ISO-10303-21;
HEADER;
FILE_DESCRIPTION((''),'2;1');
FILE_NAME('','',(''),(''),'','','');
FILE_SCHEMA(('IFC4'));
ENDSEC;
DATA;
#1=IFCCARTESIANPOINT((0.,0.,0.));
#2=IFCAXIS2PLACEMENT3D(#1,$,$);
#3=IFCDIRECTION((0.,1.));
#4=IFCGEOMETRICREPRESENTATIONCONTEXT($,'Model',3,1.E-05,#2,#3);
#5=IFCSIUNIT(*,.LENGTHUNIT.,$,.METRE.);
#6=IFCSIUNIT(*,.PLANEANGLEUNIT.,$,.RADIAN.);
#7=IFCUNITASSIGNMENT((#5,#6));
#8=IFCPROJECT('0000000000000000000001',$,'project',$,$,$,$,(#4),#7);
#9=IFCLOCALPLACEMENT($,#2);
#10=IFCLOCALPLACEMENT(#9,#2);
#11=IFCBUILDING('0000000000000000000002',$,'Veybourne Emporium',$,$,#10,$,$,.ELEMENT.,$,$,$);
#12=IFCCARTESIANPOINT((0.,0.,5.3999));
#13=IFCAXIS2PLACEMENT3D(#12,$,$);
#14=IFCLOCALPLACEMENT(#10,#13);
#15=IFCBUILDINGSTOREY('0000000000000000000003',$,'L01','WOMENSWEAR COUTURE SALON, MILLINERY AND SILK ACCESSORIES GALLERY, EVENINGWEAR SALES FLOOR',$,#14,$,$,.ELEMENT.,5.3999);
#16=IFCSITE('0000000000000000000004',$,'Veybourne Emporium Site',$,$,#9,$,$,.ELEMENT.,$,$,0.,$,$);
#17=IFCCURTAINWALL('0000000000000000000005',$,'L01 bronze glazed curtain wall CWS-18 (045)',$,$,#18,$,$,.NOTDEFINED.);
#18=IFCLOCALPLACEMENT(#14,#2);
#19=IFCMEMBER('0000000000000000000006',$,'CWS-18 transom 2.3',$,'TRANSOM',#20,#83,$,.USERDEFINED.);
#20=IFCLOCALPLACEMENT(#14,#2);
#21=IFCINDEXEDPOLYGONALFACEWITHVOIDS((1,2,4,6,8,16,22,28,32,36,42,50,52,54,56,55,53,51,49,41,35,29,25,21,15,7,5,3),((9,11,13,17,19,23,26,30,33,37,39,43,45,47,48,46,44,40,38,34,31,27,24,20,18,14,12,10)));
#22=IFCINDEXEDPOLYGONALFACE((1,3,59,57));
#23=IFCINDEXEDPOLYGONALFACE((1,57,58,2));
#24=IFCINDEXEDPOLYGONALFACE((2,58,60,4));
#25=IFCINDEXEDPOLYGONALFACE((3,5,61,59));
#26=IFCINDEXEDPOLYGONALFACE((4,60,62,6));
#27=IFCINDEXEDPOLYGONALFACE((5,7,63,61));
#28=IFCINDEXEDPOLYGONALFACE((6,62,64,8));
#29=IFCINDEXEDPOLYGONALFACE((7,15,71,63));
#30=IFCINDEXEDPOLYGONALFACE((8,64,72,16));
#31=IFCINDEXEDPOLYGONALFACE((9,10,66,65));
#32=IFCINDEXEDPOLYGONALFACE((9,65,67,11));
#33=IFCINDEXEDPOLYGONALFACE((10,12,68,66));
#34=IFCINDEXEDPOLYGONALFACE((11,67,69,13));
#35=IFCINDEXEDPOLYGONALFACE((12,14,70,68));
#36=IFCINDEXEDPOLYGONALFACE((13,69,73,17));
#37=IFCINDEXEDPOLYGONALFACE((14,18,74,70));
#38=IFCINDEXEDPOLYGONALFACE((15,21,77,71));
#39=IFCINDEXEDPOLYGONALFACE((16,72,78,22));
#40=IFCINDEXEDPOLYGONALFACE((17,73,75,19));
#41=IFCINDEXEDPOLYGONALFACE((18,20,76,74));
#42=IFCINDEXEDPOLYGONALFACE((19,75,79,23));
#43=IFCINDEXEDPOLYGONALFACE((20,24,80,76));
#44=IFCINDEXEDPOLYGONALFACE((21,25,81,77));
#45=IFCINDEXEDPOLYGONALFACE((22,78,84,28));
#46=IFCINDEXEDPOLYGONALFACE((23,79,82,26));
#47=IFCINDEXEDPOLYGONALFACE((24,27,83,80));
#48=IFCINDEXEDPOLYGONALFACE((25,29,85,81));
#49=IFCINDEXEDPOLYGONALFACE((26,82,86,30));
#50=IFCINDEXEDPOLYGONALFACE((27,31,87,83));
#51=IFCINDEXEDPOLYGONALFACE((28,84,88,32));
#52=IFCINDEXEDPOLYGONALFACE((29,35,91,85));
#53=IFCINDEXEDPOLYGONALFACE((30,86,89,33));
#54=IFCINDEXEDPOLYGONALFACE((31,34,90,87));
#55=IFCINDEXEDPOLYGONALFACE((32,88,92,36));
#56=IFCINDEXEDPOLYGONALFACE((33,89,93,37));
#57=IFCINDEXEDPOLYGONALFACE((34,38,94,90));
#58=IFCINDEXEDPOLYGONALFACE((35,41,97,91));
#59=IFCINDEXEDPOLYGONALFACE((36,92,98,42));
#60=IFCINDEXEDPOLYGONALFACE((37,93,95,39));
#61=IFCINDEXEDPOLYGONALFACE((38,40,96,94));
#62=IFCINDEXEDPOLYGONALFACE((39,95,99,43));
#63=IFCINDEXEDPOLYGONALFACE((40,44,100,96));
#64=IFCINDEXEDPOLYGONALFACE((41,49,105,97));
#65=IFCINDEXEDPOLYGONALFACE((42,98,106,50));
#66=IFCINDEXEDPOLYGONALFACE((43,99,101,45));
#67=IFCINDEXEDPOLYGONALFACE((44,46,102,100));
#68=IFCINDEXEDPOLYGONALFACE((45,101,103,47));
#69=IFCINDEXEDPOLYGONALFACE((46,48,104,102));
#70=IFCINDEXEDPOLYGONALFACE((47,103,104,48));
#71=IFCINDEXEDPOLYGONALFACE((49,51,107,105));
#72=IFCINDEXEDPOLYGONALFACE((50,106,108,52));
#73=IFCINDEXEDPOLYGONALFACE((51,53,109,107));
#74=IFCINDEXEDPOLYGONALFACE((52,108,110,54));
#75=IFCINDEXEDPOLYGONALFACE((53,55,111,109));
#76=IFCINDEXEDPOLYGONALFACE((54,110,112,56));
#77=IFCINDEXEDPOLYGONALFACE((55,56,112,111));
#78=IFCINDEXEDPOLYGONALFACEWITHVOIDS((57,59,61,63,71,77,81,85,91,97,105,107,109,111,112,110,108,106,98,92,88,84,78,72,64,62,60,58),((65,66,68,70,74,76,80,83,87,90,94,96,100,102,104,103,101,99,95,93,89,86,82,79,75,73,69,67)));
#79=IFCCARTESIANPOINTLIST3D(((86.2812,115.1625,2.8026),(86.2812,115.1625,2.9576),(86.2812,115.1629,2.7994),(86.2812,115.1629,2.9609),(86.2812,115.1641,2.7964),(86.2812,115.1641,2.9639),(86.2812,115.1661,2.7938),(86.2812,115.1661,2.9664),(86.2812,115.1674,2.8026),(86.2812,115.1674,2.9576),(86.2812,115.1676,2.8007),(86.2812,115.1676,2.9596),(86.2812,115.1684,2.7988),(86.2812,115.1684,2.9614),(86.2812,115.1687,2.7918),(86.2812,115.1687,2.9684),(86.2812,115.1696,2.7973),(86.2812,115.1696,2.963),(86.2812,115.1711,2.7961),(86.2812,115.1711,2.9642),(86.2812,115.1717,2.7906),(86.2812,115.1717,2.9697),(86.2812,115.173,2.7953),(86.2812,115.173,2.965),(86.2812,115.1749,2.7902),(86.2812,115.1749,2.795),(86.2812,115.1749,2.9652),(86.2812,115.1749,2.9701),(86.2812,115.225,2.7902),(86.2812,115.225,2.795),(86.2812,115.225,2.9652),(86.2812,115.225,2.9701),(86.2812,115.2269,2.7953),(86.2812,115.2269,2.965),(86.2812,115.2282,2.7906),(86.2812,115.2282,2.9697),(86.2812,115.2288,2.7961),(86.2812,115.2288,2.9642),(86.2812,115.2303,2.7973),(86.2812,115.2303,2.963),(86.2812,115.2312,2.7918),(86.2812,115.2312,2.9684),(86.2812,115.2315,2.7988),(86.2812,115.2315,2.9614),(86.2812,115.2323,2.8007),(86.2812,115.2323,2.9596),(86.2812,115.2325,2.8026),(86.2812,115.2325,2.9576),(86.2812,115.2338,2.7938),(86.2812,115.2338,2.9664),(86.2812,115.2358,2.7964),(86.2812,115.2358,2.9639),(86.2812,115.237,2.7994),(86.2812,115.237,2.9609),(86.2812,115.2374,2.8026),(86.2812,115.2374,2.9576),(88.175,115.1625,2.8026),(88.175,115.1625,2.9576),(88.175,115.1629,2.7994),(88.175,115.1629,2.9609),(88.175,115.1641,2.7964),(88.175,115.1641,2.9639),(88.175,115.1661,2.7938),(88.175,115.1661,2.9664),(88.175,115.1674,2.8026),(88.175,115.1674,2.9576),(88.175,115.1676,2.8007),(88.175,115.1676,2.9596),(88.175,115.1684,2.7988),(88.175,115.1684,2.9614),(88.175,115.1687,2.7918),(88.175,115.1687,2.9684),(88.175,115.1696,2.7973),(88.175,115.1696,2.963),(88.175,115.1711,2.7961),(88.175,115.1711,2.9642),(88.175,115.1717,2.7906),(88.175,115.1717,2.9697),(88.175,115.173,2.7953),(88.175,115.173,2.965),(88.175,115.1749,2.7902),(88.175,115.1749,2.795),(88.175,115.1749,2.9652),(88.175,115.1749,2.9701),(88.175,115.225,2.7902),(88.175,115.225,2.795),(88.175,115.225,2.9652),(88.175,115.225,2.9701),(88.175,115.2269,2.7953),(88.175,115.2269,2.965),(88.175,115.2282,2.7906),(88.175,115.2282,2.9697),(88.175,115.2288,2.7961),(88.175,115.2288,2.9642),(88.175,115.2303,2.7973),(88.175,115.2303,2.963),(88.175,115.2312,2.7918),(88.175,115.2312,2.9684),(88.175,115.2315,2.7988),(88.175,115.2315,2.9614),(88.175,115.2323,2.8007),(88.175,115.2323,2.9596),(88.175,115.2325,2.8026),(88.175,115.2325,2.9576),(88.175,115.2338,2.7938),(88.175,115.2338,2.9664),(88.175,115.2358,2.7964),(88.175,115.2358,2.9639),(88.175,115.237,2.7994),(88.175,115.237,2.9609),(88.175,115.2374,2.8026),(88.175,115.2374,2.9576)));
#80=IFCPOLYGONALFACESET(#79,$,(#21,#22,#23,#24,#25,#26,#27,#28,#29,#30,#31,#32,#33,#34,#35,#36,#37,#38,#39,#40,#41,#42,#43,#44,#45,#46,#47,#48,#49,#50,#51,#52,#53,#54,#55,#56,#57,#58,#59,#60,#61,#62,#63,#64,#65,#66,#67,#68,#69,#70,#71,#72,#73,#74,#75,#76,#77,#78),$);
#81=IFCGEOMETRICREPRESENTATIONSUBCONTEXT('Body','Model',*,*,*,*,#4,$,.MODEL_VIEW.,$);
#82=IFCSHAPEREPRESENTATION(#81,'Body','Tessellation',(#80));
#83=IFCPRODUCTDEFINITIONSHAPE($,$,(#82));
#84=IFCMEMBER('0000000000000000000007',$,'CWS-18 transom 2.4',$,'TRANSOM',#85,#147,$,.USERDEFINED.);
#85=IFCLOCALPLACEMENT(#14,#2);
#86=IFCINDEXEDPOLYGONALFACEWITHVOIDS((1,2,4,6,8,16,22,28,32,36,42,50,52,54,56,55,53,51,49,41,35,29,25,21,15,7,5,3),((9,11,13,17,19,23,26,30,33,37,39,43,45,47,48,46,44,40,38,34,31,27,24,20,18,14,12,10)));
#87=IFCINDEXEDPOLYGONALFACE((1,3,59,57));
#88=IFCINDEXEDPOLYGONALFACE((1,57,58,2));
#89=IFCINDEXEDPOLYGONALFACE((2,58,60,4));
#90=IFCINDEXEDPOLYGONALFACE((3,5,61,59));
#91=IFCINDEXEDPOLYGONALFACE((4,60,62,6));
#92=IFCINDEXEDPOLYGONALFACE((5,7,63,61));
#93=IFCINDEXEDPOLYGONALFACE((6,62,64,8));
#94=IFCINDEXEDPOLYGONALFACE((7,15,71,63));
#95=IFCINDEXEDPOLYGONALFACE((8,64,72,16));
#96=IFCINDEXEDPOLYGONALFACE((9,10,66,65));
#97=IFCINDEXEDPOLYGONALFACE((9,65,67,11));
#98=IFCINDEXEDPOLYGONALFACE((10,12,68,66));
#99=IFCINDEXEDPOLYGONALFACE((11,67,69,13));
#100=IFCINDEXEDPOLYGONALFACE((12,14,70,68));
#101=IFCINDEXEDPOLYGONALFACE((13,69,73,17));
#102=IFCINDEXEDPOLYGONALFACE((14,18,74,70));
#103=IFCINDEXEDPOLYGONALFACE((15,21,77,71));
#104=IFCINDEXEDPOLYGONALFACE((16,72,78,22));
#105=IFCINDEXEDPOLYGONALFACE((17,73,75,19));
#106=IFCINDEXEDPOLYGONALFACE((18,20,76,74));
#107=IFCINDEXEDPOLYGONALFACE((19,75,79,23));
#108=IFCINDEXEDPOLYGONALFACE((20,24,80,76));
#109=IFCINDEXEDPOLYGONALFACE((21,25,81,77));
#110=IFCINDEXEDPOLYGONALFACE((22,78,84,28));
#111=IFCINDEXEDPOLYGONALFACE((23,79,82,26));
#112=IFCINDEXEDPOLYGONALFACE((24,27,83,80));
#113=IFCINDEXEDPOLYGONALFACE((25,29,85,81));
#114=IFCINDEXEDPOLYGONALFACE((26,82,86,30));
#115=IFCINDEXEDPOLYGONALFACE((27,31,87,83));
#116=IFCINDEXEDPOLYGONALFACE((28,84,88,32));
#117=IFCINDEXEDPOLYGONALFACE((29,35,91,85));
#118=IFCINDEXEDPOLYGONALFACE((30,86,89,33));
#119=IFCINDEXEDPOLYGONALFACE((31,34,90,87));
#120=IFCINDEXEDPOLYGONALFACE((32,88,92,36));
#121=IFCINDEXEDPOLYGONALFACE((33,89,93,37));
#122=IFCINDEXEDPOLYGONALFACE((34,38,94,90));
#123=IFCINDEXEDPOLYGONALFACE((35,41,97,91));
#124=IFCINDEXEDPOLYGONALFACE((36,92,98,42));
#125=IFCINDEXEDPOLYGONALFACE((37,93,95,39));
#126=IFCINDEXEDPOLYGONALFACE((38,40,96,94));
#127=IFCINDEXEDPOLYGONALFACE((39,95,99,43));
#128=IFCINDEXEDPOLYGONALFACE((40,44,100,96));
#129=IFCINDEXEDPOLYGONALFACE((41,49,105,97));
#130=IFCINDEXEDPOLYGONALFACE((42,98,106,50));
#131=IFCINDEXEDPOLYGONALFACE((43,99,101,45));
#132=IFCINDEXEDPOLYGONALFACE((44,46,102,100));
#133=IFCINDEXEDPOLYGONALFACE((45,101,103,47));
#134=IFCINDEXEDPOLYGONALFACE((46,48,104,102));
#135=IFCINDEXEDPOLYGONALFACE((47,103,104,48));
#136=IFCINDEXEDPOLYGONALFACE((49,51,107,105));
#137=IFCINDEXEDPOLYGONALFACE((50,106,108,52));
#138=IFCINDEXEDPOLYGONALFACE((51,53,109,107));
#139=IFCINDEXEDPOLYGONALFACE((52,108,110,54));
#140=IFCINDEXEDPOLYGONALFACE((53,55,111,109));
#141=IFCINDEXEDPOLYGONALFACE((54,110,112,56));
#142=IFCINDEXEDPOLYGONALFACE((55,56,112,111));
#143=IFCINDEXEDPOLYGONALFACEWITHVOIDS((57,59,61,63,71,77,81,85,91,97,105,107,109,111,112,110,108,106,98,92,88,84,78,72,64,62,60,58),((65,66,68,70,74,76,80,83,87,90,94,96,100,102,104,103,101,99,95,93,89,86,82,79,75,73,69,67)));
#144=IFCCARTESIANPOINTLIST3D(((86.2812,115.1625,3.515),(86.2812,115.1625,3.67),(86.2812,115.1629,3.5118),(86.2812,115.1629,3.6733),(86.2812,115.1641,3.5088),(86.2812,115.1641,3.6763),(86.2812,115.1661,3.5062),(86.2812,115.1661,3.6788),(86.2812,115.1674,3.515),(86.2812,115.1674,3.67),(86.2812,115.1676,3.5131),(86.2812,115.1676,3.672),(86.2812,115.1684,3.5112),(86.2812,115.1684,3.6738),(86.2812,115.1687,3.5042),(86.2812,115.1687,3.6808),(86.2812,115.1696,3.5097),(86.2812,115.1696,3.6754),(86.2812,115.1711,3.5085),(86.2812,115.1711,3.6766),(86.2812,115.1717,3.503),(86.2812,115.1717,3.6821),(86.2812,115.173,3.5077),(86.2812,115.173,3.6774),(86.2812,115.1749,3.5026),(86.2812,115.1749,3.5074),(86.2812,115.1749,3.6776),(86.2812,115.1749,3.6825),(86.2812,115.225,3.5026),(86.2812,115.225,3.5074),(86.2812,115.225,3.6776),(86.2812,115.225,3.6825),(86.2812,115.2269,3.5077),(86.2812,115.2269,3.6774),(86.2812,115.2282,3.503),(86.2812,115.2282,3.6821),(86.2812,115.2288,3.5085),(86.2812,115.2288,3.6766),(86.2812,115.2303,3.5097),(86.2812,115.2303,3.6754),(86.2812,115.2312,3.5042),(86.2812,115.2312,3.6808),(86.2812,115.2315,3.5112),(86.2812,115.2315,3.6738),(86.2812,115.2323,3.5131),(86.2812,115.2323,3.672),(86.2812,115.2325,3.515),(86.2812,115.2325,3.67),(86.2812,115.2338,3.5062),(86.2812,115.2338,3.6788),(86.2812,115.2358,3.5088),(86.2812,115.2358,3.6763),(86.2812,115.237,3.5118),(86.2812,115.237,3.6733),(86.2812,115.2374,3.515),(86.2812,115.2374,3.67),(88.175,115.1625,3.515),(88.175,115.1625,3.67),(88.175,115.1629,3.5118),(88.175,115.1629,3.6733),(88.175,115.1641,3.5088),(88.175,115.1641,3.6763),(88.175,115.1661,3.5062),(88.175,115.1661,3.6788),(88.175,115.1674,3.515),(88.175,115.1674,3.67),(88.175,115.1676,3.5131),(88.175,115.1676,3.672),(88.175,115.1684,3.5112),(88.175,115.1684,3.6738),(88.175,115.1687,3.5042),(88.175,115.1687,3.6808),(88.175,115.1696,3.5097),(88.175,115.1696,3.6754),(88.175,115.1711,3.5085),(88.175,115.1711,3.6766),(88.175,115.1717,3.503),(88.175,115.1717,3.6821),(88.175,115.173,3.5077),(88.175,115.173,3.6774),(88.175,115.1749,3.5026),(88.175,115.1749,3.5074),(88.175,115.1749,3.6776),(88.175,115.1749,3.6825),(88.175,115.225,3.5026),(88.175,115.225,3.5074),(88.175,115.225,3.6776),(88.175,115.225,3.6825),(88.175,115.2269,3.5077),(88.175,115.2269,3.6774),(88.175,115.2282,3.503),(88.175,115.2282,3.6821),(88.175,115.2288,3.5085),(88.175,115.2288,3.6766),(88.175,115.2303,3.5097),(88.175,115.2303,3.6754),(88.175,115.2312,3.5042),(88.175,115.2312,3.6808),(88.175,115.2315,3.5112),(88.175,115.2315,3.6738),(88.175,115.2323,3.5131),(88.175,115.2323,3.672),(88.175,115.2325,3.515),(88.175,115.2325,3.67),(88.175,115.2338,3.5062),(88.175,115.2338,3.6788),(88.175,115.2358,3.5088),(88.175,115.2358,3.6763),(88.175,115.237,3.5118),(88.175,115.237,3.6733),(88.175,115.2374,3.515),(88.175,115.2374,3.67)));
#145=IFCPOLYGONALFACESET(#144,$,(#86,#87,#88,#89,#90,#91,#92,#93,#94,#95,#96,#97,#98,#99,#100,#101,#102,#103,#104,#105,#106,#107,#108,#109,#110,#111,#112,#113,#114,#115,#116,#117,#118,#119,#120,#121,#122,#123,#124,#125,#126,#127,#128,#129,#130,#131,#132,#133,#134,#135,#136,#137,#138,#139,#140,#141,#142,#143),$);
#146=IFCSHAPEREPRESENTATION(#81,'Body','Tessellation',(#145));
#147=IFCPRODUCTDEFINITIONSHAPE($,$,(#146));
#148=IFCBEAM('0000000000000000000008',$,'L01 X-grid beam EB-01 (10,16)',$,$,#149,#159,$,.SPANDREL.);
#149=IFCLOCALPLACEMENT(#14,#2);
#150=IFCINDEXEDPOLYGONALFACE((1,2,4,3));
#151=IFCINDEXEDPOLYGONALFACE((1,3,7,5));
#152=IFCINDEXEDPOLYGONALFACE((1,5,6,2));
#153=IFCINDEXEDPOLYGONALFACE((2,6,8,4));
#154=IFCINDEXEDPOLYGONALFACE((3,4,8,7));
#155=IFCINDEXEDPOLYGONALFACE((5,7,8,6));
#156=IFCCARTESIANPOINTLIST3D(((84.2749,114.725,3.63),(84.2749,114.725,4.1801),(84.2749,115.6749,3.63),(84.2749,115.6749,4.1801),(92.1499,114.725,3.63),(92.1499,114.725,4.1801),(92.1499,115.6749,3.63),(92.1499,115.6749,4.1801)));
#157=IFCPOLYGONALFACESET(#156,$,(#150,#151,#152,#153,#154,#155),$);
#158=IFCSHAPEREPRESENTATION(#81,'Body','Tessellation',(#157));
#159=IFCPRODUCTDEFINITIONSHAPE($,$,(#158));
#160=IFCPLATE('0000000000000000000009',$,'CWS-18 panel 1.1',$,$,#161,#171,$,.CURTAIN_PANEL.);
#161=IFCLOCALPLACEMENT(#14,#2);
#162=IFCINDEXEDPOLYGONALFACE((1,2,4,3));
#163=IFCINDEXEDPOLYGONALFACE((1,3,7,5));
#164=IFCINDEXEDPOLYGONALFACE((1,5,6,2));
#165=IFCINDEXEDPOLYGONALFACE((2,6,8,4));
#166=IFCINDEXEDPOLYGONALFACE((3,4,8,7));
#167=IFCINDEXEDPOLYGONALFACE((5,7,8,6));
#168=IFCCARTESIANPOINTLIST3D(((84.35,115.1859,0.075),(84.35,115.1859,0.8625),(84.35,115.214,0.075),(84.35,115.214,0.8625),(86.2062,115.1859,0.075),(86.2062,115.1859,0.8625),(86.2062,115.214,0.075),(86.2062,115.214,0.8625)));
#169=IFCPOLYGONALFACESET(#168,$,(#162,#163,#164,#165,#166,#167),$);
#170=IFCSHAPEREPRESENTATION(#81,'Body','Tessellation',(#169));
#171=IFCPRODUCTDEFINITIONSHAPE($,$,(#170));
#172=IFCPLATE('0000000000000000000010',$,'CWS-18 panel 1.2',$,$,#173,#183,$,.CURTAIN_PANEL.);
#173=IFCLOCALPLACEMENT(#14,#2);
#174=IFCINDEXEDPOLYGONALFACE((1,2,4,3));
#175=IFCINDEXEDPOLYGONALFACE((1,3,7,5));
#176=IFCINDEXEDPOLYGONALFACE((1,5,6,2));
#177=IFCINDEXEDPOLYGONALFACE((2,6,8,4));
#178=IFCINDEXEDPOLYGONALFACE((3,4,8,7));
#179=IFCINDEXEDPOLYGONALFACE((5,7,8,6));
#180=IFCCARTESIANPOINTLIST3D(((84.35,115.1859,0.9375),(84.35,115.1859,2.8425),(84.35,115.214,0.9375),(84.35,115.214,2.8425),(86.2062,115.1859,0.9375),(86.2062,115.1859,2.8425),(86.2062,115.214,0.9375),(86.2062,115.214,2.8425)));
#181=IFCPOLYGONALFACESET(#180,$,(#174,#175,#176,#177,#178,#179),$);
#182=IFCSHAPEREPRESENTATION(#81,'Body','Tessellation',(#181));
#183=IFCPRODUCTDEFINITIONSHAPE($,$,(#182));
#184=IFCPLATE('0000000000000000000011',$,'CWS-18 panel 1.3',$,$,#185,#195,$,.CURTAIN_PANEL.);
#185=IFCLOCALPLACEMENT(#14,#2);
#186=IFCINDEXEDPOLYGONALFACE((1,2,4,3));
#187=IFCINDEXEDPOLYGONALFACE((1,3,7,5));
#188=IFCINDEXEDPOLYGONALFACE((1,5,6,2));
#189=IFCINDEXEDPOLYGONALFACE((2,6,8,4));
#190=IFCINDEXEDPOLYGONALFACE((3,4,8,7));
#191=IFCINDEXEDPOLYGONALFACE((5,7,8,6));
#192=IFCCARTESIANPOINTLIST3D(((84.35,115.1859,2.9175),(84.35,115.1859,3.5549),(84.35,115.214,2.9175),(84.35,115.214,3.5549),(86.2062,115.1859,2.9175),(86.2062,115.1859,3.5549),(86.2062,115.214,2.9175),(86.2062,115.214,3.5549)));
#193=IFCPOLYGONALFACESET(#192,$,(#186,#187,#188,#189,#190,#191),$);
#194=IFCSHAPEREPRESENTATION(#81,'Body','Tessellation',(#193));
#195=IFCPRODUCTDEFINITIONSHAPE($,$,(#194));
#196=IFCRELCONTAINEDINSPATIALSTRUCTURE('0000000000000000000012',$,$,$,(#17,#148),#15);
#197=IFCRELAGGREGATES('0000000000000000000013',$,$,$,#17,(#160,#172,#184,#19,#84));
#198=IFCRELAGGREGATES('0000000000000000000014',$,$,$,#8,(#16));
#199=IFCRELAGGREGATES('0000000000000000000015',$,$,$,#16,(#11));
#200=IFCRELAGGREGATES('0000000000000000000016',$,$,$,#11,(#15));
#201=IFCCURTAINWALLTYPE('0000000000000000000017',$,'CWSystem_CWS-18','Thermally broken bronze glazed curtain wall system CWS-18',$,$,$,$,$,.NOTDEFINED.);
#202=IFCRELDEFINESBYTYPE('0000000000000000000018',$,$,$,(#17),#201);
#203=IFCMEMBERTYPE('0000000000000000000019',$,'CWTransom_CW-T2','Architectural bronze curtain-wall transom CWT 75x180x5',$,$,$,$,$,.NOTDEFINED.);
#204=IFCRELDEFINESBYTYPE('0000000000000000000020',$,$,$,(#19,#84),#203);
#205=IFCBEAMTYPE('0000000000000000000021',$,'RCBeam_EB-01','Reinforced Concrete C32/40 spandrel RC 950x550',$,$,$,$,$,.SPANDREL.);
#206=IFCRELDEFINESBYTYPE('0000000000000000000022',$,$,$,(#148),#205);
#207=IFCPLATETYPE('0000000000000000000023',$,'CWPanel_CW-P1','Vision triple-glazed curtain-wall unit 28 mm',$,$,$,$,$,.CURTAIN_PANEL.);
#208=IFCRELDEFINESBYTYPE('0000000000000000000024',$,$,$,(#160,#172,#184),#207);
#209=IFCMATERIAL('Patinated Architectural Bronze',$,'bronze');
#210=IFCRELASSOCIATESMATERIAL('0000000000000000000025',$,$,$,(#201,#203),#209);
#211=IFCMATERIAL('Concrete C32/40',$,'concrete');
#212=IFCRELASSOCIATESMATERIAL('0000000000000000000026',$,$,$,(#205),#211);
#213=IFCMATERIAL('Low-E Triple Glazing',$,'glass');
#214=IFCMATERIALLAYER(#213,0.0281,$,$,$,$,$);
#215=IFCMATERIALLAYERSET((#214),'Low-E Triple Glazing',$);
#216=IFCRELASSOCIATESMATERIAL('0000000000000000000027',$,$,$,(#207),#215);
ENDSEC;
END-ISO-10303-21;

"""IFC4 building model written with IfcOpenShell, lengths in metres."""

from ifc_helpers import new_model, si_unit, direction, frame, origin, origin_2d, place, context, subcontext, project, spatial, rectangle, hollow_rectangle, extrude, material, layer, layer_set, material_profile, profile_set, type_object, element, aggregate, save


model = new_model("IFC4")

# Units and contexts
model_context = context("Model", 3, precision=1e-05, world=origin(), true_north=direction((0.0, 1.0)))
body_context = subcontext(model_context, "Body", "Model", "MODEL_VIEW")
ifc_project = project(units=[si_unit("LENGTHUNIT", "METRE"), si_unit("PLANEANGLEUNIT", "RADIAN")], contexts=[model_context])

# Site, building, storey
site_placement = place(None, origin())
site = spatial("IfcSite", under=ifc_project, at=site_placement, Name="Veybourne Emporium Site", CompositionType="ELEMENT", RefElevation=0.0)
building_placement = place(site_placement, origin())
building = spatial("IfcBuilding", under=site, at=building_placement, Name="Veybourne Emporium", CompositionType="ELEMENT")
storey_placement = place(building_placement, frame((0.0, 0.0, 5.3999)))
storey = spatial("IfcBuildingStorey", under=building, at=storey_placement, Name="L01", Description="WOMENSWEAR COUTURE SALON, MILLINERY AND SILK ACCESSORIES GALLERY, EVENINGWEAR SALES FLOOR", CompositionType="ELEMENT", Elevation=5.3999)

# Curtain wall, members
ifc_material_1 = material(Name="Patinated Architectural Bronze", Category="bronze")
curtain_wall_type = type_object("IfcCurtainWallType", Name="CWSystem_CWS-18", Description="Thermally broken bronze glazed curtain wall system CWS-18", PredefinedType="NOTDEFINED", material=ifc_material_1)
curtain_wall_placement = place(storey_placement, origin())
curtain_wall = element("IfcCurtainWall", 1, at=curtain_wall_placement, inside=storey, type_object=curtain_wall_type, Name="L01 bronze glazed curtain wall CWS-18 (045)", PredefinedType="NOTDEFINED")
ifc_material_profile_1 = material_profile(ifc_material_1, hollow_rectangle(XDim=0.075, YDim=0.1799, WallThickness=0.0049, InnerFilletRadius=0.0076, OuterFilletRadius=0.0125, at=origin_2d()), Name="CWT 75x180x5")
ifc_profile_set_1 = profile_set([ifc_material_profile_1], Name="Patinated Architectural Bronze")
member_type_1 = type_object("IfcMemberType", Name="CWTransom_CW-T2", Description="Architectural bronze curtain-wall transom CWT 75x180x5", PredefinedType="NOTDEFINED", material=ifc_profile_set_1)
member_1_placement = place(storey_placement, frame((86.2812, 115.2, 2.8801), z_axis=(1.0, 0.0, 0.0), x_axis=(0.0, 1.0, 0.0)))
member_1 = element("IfcMember", 2, at=member_1_placement, type_object=member_type_1, Name="CWS-18 transom 2.3", ObjectType="TRANSOM", PredefinedType="USERDEFINED", context=body_context, shape_type="SweptSolid", body=[
    extrude(hollow_rectangle(XDim=0.075, YDim=0.1799, WallThickness=0.0049, InnerFilletRadius=0.0076, OuterFilletRadius=0.0125, at=origin_2d()), origin(), (0.0, 0.0, 1.0), 1.8938),
])
member_2_placement = place(storey_placement, frame((86.2812, 115.2, 3.5925), z_axis=(1.0, 0.0, 0.0), x_axis=(0.0, 1.0, 0.0)))
member_2 = element("IfcMember", 3, at=member_2_placement, type_object=member_type_1, Name="CWS-18 transom 2.4", ObjectType="TRANSOM", PredefinedType="USERDEFINED", context=body_context, shape_type="SweptSolid", body=[
    extrude(hollow_rectangle(XDim=0.075, YDim=0.1799, WallThickness=0.0049, InnerFilletRadius=0.0076, OuterFilletRadius=0.0125, at=origin_2d()), origin(), (0.0, 0.0, 1.0), 1.8938),
])

# Beam
ifc_material_2 = material(Name="Concrete C32/40", Category="concrete")
ifc_material_profile_2 = material_profile(ifc_material_2, rectangle(XDim=0.95, YDim=0.55, at=origin_2d()), Name="RC 950x550")
ifc_profile_set_2 = profile_set([ifc_material_profile_2], Name="Concrete C32/40")
beam_type = type_object("IfcBeamType", Name="RCBeam_EB-01", Description="Reinforced Concrete C32/40 spandrel RC 950x550", PredefinedType="SPANDREL", material=ifc_profile_set_2)
beam_placement = place(storey_placement, frame((84.2749, 115.2, 3.905), z_axis=(1.0, 0.0, 0.0), x_axis=(0.0, 1.0, 0.0)))
element("IfcBeam", 4, at=beam_placement, inside=storey, type_object=beam_type, Name="L01 X-grid beam EB-01 (10,16)", PredefinedType="SPANDREL", context=body_context, shape_type="SweptSolid", body=[
    extrude(rectangle(XDim=0.95, YDim=0.55, at=origin_2d()), origin(), (0.0, 0.0, 1.0), 7.875),
])

# Plates
ifc_material_3 = material(Name="Low-E Triple Glazing", Category="glass")
ifc_layer_1 = layer(ifc_material_3, 0.0281)
ifc_layer_set_1 = layer_set([ifc_layer_1], Name="Low-E Triple Glazing")
plate_type = type_object("IfcPlateType", Name="CWPanel_CW-P1", Description="Vision triple-glazed curtain-wall unit 28 mm", PredefinedType="CURTAIN_PANEL", material=ifc_layer_set_1)
plate_1_placement = place(storey_placement, frame((85.2781, 115.2, 0.075), z_axis=(0.0, 0.0, 1.0), x_axis=(1.0, 0.0, 0.0)))
plate_1 = element("IfcPlate", 5, at=plate_1_placement, type_object=plate_type, Name="CWS-18 panel 1.1", PredefinedType="CURTAIN_PANEL", context=body_context, shape_type="SweptSolid", body=[
    extrude(rectangle(XDim=1.8562, YDim=0.0281, at=origin_2d()), origin(), (0.0, 0.0, 1.0), 0.7876),
])
plate_2_placement = place(storey_placement, frame((85.2781, 115.2, 0.9375), z_axis=(0.0, 0.0, 1.0), x_axis=(1.0, 0.0, 0.0)))
plate_2 = element("IfcPlate", 6, at=plate_2_placement, type_object=plate_type, Name="CWS-18 panel 1.2", PredefinedType="CURTAIN_PANEL", context=body_context, shape_type="SweptSolid", body=[
    extrude(rectangle(XDim=1.8562, YDim=0.0281, at=origin_2d()), origin(), (0.0, 0.0, 1.0), 1.905),
])
plate_3_placement = place(storey_placement, frame((85.2781, 115.2, 2.9175), z_axis=(0.0, 0.0, 1.0), x_axis=(1.0, 0.0, 0.0)))
plate_3 = element("IfcPlate", 7, at=plate_3_placement, type_object=plate_type, Name="CWS-18 panel 1.3", PredefinedType="CURTAIN_PANEL", context=body_context, shape_type="SweptSolid", body=[
    extrude(rectangle(XDim=1.8562, YDim=0.0281, at=origin_2d()), origin(), (0.0, 0.0, 1.0), 0.6375),
])
aggregate(curtain_wall, [plate_1, plate_2, plate_3, member_1, member_2])

save(model, "model.ifc")
